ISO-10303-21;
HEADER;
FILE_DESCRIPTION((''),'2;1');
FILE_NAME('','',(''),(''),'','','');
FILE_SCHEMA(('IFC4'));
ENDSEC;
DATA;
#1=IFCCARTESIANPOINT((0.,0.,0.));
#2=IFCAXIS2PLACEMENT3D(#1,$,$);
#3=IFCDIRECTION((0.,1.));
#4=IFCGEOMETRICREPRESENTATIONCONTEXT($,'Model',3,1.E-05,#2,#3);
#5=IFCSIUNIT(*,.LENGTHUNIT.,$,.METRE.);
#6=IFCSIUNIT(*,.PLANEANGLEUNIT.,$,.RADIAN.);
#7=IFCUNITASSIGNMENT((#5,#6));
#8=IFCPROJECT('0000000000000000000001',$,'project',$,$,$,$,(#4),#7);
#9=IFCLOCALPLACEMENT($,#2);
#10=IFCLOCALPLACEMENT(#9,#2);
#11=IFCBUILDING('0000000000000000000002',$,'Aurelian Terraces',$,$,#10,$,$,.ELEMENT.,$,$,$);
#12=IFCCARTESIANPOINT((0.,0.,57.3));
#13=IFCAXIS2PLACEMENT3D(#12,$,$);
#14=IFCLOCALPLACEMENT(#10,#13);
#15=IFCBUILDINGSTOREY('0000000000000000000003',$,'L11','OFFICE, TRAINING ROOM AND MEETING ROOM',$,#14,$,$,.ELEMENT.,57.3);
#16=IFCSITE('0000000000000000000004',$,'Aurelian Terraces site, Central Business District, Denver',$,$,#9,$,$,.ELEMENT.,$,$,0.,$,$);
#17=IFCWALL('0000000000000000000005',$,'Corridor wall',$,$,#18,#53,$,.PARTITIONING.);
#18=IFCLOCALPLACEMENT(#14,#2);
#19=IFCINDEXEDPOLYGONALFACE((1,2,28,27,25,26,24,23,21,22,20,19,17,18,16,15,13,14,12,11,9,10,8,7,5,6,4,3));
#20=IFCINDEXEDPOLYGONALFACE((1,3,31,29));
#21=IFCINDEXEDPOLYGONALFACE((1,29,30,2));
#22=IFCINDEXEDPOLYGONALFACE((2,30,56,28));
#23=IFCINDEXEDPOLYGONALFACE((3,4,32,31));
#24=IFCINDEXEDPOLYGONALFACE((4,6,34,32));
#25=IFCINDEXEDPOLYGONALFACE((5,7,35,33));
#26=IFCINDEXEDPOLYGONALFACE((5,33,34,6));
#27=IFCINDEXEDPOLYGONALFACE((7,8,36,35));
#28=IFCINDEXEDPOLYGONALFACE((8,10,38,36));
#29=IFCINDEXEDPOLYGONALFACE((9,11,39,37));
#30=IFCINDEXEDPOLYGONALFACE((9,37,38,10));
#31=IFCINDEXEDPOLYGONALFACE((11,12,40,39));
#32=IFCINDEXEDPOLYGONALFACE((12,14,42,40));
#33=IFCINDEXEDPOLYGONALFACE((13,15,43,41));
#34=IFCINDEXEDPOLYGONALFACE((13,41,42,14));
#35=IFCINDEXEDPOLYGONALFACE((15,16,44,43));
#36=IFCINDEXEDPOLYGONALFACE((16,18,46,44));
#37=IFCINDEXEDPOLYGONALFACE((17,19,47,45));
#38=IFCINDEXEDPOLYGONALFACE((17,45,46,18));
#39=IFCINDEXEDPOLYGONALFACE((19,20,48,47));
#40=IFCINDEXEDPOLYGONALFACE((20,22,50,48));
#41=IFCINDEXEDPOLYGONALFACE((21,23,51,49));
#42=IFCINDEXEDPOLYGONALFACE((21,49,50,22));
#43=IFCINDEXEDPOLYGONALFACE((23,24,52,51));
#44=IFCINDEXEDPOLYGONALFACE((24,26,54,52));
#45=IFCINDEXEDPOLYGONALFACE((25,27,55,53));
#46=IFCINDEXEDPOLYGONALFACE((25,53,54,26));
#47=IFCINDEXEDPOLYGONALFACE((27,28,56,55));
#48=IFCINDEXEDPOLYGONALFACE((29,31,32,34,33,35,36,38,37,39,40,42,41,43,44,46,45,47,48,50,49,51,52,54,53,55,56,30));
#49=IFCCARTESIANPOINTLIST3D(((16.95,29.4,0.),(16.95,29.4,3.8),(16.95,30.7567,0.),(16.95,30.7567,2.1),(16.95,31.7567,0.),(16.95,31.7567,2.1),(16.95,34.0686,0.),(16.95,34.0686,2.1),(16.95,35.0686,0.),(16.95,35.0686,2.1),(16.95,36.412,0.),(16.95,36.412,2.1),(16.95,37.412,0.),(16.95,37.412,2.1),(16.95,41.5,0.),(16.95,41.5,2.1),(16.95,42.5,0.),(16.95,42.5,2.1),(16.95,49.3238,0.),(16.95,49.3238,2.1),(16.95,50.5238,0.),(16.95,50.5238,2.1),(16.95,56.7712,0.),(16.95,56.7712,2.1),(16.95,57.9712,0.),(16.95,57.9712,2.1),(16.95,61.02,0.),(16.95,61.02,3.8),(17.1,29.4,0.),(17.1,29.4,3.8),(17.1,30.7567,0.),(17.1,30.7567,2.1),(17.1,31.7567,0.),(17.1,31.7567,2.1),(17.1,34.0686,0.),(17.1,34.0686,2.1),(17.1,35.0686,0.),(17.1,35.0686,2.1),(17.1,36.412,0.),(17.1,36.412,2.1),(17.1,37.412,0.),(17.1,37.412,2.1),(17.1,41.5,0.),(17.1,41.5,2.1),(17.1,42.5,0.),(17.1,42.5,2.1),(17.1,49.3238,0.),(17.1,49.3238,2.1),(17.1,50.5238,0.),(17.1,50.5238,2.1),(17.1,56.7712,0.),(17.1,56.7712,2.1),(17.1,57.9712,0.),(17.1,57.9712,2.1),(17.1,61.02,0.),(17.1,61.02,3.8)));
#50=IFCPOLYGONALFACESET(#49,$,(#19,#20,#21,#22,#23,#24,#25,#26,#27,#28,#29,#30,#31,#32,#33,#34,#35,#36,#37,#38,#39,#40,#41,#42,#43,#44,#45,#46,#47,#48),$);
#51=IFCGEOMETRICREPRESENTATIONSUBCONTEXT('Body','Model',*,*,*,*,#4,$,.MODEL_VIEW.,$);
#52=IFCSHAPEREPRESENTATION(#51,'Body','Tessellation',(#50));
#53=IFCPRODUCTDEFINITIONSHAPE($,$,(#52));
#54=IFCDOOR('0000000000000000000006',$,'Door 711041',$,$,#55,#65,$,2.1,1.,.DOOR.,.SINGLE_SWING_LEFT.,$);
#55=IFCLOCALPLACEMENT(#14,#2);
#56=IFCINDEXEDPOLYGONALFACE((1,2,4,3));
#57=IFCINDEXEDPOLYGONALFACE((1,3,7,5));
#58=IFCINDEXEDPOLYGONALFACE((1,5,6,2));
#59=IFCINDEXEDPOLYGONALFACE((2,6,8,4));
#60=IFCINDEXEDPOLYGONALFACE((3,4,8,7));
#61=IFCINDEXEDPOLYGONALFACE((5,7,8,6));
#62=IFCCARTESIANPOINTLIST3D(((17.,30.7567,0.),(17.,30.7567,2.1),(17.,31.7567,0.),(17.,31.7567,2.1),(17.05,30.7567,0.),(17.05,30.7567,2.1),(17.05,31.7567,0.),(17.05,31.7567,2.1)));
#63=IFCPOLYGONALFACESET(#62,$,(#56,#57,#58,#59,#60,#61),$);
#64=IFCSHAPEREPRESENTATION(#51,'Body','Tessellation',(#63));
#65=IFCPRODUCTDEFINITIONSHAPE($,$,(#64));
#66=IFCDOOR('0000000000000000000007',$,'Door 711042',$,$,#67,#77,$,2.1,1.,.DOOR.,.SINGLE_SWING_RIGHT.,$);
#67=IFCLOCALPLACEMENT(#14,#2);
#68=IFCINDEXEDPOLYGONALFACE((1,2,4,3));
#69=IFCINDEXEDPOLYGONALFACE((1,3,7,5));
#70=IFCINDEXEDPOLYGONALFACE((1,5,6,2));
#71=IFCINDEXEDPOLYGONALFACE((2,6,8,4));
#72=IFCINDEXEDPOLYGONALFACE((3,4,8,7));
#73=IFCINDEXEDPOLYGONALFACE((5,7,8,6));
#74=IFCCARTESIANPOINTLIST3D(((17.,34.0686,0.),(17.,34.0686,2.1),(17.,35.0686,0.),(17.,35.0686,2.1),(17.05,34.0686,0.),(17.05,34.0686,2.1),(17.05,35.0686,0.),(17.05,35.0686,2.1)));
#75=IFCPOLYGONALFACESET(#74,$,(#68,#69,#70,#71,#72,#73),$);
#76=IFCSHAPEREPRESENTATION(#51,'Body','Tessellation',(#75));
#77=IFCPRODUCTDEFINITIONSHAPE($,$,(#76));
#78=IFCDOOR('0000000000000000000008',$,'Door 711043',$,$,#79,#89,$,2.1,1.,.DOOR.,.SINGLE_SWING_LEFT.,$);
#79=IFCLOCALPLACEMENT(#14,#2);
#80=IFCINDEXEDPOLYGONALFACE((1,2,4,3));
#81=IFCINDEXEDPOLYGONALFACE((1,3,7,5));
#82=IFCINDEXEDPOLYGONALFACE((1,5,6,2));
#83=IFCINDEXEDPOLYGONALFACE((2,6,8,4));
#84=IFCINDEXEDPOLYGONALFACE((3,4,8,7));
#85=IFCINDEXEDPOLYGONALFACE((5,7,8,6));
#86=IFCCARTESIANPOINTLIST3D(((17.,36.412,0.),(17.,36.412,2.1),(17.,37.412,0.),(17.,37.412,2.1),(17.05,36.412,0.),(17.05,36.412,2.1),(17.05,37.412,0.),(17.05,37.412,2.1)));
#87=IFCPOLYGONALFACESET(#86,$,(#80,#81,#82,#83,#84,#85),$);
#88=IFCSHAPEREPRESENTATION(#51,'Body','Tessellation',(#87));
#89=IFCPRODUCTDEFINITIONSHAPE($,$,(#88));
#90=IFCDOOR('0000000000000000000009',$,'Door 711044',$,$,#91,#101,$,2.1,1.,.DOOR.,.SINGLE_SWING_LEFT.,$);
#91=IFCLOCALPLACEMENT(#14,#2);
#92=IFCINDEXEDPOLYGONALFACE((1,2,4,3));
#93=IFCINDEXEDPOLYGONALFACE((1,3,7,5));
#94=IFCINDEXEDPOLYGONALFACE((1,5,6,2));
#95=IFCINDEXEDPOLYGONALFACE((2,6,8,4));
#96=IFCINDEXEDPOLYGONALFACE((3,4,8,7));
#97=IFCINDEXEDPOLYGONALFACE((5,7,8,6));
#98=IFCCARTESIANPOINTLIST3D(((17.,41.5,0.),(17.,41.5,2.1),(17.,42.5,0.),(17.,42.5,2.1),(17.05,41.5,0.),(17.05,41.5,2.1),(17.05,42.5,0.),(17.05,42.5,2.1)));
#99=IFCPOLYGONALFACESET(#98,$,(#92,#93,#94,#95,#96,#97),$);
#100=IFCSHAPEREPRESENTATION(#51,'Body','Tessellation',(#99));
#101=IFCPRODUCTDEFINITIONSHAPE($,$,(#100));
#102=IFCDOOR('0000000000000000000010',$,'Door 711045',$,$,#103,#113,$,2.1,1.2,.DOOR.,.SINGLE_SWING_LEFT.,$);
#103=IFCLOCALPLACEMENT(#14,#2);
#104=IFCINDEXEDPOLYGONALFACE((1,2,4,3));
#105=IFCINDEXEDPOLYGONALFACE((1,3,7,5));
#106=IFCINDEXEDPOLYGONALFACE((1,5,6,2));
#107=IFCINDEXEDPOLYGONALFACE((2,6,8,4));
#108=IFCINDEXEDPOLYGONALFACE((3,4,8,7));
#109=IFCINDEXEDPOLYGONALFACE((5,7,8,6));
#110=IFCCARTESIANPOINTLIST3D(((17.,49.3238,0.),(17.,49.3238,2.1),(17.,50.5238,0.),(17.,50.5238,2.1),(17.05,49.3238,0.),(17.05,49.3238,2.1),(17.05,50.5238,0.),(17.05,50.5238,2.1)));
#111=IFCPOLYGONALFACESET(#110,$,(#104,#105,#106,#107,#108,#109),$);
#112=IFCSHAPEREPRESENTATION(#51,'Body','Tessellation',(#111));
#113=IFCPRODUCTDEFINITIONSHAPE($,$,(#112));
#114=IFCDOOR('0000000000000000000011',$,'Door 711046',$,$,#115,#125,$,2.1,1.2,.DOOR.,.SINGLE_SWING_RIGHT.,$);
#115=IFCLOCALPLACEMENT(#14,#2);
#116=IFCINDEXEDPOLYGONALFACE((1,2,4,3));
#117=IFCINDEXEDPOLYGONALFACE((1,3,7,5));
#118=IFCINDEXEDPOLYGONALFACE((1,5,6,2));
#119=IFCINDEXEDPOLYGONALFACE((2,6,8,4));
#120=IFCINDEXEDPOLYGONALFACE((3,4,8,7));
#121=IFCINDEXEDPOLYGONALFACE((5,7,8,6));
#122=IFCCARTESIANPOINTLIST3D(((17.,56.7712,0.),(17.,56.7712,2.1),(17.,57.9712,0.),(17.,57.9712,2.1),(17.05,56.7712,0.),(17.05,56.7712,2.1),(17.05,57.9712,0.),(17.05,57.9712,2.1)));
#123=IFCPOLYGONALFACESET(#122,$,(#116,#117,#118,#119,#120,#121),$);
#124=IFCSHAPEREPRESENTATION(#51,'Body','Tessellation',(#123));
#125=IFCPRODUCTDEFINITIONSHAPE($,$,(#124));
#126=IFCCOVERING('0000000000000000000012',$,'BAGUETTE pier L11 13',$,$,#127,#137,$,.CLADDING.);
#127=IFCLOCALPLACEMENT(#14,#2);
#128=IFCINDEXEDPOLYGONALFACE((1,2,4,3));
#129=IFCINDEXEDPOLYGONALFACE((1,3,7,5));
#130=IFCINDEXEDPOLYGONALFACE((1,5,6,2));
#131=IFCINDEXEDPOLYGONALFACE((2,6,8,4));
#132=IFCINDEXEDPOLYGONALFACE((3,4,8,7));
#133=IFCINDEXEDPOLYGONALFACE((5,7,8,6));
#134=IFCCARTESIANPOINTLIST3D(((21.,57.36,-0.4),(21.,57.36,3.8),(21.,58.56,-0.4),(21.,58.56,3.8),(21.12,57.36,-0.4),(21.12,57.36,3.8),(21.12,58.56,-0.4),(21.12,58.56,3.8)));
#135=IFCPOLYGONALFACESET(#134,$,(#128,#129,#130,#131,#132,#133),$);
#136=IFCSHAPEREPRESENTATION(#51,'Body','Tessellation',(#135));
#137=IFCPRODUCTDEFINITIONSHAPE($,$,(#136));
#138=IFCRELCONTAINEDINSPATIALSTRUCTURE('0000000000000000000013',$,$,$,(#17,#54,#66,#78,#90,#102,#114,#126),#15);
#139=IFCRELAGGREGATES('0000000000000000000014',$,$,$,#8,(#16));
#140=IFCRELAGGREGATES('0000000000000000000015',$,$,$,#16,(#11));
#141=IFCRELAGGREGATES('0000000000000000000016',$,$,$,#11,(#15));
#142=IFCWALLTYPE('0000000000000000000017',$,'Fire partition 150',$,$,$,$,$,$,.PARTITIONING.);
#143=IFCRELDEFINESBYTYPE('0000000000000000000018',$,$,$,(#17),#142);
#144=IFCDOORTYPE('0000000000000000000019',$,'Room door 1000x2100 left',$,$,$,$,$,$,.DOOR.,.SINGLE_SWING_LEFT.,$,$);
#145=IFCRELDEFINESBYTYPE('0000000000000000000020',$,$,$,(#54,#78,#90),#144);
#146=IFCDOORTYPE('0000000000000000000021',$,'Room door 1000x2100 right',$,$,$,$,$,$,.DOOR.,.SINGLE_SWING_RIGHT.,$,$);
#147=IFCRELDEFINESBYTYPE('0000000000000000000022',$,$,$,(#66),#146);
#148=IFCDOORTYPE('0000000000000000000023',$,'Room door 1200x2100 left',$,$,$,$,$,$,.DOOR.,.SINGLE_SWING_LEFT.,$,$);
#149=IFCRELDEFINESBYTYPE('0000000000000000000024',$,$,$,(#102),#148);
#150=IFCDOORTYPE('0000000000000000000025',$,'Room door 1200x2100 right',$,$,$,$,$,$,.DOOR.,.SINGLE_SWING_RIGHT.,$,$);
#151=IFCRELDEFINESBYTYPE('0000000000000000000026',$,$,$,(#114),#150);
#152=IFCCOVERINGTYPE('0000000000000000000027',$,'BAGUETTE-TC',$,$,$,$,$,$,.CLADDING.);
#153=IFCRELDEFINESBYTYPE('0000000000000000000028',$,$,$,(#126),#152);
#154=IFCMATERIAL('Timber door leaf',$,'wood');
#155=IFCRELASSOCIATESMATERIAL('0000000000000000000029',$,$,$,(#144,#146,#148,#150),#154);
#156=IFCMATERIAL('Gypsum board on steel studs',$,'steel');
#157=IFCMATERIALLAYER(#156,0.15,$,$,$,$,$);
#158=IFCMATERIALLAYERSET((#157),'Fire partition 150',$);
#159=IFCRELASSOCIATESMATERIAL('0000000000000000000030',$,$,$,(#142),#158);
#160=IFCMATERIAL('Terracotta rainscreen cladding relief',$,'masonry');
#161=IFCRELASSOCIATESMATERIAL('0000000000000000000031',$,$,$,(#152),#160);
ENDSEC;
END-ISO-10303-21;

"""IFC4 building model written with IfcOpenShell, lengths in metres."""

from ifc_helpers import new_model, si_unit, direction, frame, frame_2d, origin, origin_2d, place, context, subcontext, project, spatial, rectangle, extrude, source, transform, mapped, material, layer, layer_set, type_object, element, fill, save


model = new_model("IFC4")

# Units and contexts
model_context = context("Model", 3, precision=1e-05, world=origin(), true_north=direction((0.0, 1.0)))
body_context = subcontext(model_context, "Body", "Model", "MODEL_VIEW")
ifc_project = project(units=[si_unit("LENGTHUNIT", "METRE"), si_unit("PLANEANGLEUNIT", "RADIAN")], contexts=[model_context])

# Site, building, storey
site_placement = place(None, origin())
site = spatial("IfcSite", under=ifc_project, at=site_placement, Name="Aurelian Terraces site, Central Business District, Denver", CompositionType="ELEMENT", RefElevation=0.0)
building_placement = place(site_placement, origin())
building = spatial("IfcBuilding", under=site, at=building_placement, Name="Aurelian Terraces", CompositionType="ELEMENT")
storey_placement = place(building_placement, frame((0.0, 0.0, 57.3)))
storey = spatial("IfcBuildingStorey", under=building, at=storey_placement, Name="L11", Description="OFFICE, TRAINING ROOM AND MEETING ROOM", CompositionType="ELEMENT", Elevation=57.3)

# Shared definitions
ifc_material_1 = material(Name="Timber door leaf", Category="wood")
door_type_1 = type_object("IfcDoorType", Name="Room door 1000x2100 left", OperationType="SINGLE_SWING_LEFT", PredefinedType="DOOR", material=ifc_material_1)
shared_shape_1 = source(origin(), body_context, "Body", "SweptSolid", [
    extrude(rectangle(XDim=1.0, YDim=2.1, at=frame_2d((0.5, 1.05))), frame((0.0, 0.025, 0.0), z_axis=(0.0, -1.0, 0.0), x_axis=(1.0, 0.0, 0.0)), (0.0, 0.0, 1.0), 0.05),
])

# Shared definitions
ifc_material_2 = material(Name="Gypsum board on steel studs", Category="steel")

# Wall, openings, doors
ifc_layer_1 = layer(ifc_material_2, 0.15)
ifc_layer_set_1 = layer_set([ifc_layer_1], Name="Fire partition 150")
wall_type_1 = type_object("IfcWallType", Name="Fire partition 150", PredefinedType="PARTITIONING", material=ifc_layer_set_1)
shared_shape_2 = source(origin(), body_context, "Body", "SweptSolid", [
    extrude(rectangle(XDim=31.62, YDim=0.15, at=frame_2d((15.81, 0.0))), origin(), (0.0, 0.0, 1.0), 3.8),
])
wall_1_placement = place(storey_placement, frame((17.025, 61.02, 0.0), z_axis=(0.0, 0.0, 1.0), x_axis=(0.0, -1.0, 0.0)))
wall_1 = element("IfcWall", 1, at=wall_1_placement, inside=storey, type_object=wall_type_1, Name="Corridor wall", PredefinedType="PARTITIONING", context=body_context, shape_type="MappedRepresentation", body=[
    mapped(shared_shape_2, transform((0.0, 0.0, 0.0), scale=1.0)),
])
shared_shape_3 = source(origin(), body_context, "Body", "SweptSolid", [
    extrude(rectangle(XDim=1.0, YDim=2.1, at=frame_2d((0.5, 1.05))), frame((0.0, 0.085, 0.0), z_axis=(0.0, -1.0, 0.0), x_axis=(1.0, 0.0, 0.0)), (0.0, 0.0, 1.0), 0.17),
])
opening_1_placement = place(wall_1_placement, frame((29.2633, 0.0, 0.0)))
opening_1 = element("IfcOpeningElement", 2, at=opening_1_placement, cuts=wall_1, PredefinedType="OPENING", context=body_context, shape_type="MappedRepresentation", body=[
    mapped(shared_shape_3, transform((0.0, 0.0, 0.0), scale=1.0)),
])
opening_2_placement = place(wall_1_placement, frame((25.9514, 0.0, 0.0)))
opening_2 = element("IfcOpeningElement", 3, at=opening_2_placement, cuts=wall_1, PredefinedType="OPENING", context=body_context, shape_type="MappedRepresentation", body=[
    mapped(shared_shape_3, transform((0.0, 0.0, 0.0), scale=1.0)),
])
opening_3_placement = place(wall_1_placement, frame((23.608, 0.0, 0.0)))
opening_3 = element("IfcOpeningElement", 4, at=opening_3_placement, cuts=wall_1, PredefinedType="OPENING", context=body_context, shape_type="MappedRepresentation", body=[
    mapped(shared_shape_3, transform((0.0, 0.0, 0.0), scale=1.0)),
])
opening_4_placement = place(wall_1_placement, frame((18.52, 0.0, 0.0)))
opening_4 = element("IfcOpeningElement", 5, at=opening_4_placement, cuts=wall_1, PredefinedType="OPENING", context=body_context, shape_type="MappedRepresentation", body=[
    mapped(shared_shape_3, transform((0.0, 0.0, 0.0), scale=1.0)),
])
shared_shape_4 = source(origin(), body_context, "Body", "SweptSolid", [
    extrude(rectangle(XDim=1.2, YDim=2.1, at=frame_2d((0.6, 1.05))), frame((0.0, 0.085, 0.0), z_axis=(0.0, -1.0, 0.0), x_axis=(1.0, 0.0, 0.0)), (0.0, 0.0, 1.0), 0.17),
])
opening_5_placement = place(wall_1_placement, frame((10.4962, 0.0, 0.0)))
opening_5 = element("IfcOpeningElement", 6, at=opening_5_placement, cuts=wall_1, PredefinedType="OPENING", context=body_context, shape_type="MappedRepresentation", body=[
    mapped(shared_shape_4, transform((0.0, 0.0, 0.0), scale=1.0)),
])
opening_6_placement = place(wall_1_placement, frame((3.0488, 0.0, 0.0)))
opening_6 = element("IfcOpeningElement", 7, at=opening_6_placement, cuts=wall_1, PredefinedType="OPENING", context=body_context, shape_type="MappedRepresentation", body=[
    mapped(shared_shape_4, transform((0.0, 0.0, 0.0), scale=1.0)),
])
door_1_placement = place(opening_1_placement, origin())
door_1 = element("IfcDoor", 8, at=door_1_placement, inside=storey, type_object=door_type_1, Name="Door 711041", OperationType="SINGLE_SWING_LEFT", OverallHeight=2.1, OverallWidth=1.0, PredefinedType="DOOR", context=body_context, shape_type="MappedRepresentation", body=[
    mapped(shared_shape_1, transform((0.0, 0.0, 0.0), scale=1.0)),
])
fill(opening_1, door_1)
door_type_2 = type_object("IfcDoorType", Name="Room door 1000x2100 right", OperationType="SINGLE_SWING_RIGHT", PredefinedType="DOOR", material=ifc_material_1)
door_2_placement = place(opening_2_placement, origin())
door_2 = element("IfcDoor", 9, at=door_2_placement, inside=storey, type_object=door_type_2, Name="Door 711042", OperationType="SINGLE_SWING_RIGHT", OverallHeight=2.1, OverallWidth=1.0, PredefinedType="DOOR", context=body_context, shape_type="MappedRepresentation", body=[
    mapped(shared_shape_1, transform((0.0, 0.0, 0.0), scale=1.0)),
])
fill(opening_2, door_2)
door_3_placement = place(opening_3_placement, origin())
door_3 = element("IfcDoor", 10, at=door_3_placement, inside=storey, type_object=door_type_1, Name="Door 711043", OperationType="SINGLE_SWING_LEFT", OverallHeight=2.1, OverallWidth=1.0, PredefinedType="DOOR", context=body_context, shape_type="MappedRepresentation", body=[
    mapped(shared_shape_1, transform((0.0, 0.0, 0.0), scale=1.0)),
])
fill(opening_3, door_3)
door_4_placement = place(opening_4_placement, origin())
door_4 = element("IfcDoor", 11, at=door_4_placement, inside=storey, type_object=door_type_1, Name="Door 711044", OperationType="SINGLE_SWING_LEFT", OverallHeight=2.1, OverallWidth=1.0, PredefinedType="DOOR", context=body_context, shape_type="MappedRepresentation", body=[
    mapped(shared_shape_1, transform((0.0, 0.0, 0.0), scale=1.0)),
])
fill(opening_4, door_4)
door_type_3 = type_object("IfcDoorType", Name="Room door 1200x2100 left", OperationType="SINGLE_SWING_LEFT", PredefinedType="DOOR", material=ifc_material_1)
shared_shape_5 = source(origin(), body_context, "Body", "SweptSolid", [
    extrude(rectangle(XDim=1.2, YDim=2.1, at=frame_2d((0.6, 1.05))), frame((0.0, 0.025, 0.0), z_axis=(0.0, -1.0, 0.0), x_axis=(1.0, 0.0, 0.0)), (0.0, 0.0, 1.0), 0.05),
])
door_5_placement = place(opening_5_placement, origin())
door_5 = element("IfcDoor", 12, at=door_5_placement, inside=storey, type_object=door_type_3, Name="Door 711045", OperationType="SINGLE_SWING_LEFT", OverallHeight=2.1, OverallWidth=1.2, PredefinedType="DOOR", context=body_context, shape_type="MappedRepresentation", body=[
    mapped(shared_shape_5, transform((0.0, 0.0, 0.0), scale=1.0)),
])
fill(opening_5, door_5)
door_type_4 = type_object("IfcDoorType", Name="Room door 1200x2100 right", OperationType="SINGLE_SWING_RIGHT", PredefinedType="DOOR", material=ifc_material_1)
door_6_placement = place(opening_6_placement, origin())
door_6 = element("IfcDoor", 13, at=door_6_placement, inside=storey, type_object=door_type_4, Name="Door 711046", OperationType="SINGLE_SWING_RIGHT", OverallHeight=2.1, OverallWidth=1.2, PredefinedType="DOOR", context=body_context, shape_type="MappedRepresentation", body=[
    mapped(shared_shape_5, transform((0.0, 0.0, 0.0), scale=1.0)),
])
fill(opening_6, door_6)

# Covering
ifc_material_3 = material(Name="Terracotta rainscreen cladding relief", Category="masonry")
covering_type = type_object("IfcCoveringType", Name="BAGUETTE-TC", PredefinedType="CLADDING", material=ifc_material_3)
shared_shape_6 = source(origin(), body_context, "Body", "SweptSolid", [
    extrude(rectangle(XDim=0.12, YDim=1.2, at=origin_2d()), origin(), (0.0, 0.0, 1.0), 4.2),
])
covering_placement = place(storey_placement, frame((21.06, 57.96, -0.4), z_axis=(0.0, 0.0, 1.0), x_axis=(1.0, 0.0, 0.0)))
element("IfcCovering", 14, at=covering_placement, inside=storey, type_object=covering_type, Name="BAGUETTE pier L11 13", PredefinedType="CLADDING", context=body_context, shape_type="MappedRepresentation", body=[
    mapped(shared_shape_6, transform((0.0, 0.0, 0.0), scale=1.0)),
])

save(model, "model.ifc")
